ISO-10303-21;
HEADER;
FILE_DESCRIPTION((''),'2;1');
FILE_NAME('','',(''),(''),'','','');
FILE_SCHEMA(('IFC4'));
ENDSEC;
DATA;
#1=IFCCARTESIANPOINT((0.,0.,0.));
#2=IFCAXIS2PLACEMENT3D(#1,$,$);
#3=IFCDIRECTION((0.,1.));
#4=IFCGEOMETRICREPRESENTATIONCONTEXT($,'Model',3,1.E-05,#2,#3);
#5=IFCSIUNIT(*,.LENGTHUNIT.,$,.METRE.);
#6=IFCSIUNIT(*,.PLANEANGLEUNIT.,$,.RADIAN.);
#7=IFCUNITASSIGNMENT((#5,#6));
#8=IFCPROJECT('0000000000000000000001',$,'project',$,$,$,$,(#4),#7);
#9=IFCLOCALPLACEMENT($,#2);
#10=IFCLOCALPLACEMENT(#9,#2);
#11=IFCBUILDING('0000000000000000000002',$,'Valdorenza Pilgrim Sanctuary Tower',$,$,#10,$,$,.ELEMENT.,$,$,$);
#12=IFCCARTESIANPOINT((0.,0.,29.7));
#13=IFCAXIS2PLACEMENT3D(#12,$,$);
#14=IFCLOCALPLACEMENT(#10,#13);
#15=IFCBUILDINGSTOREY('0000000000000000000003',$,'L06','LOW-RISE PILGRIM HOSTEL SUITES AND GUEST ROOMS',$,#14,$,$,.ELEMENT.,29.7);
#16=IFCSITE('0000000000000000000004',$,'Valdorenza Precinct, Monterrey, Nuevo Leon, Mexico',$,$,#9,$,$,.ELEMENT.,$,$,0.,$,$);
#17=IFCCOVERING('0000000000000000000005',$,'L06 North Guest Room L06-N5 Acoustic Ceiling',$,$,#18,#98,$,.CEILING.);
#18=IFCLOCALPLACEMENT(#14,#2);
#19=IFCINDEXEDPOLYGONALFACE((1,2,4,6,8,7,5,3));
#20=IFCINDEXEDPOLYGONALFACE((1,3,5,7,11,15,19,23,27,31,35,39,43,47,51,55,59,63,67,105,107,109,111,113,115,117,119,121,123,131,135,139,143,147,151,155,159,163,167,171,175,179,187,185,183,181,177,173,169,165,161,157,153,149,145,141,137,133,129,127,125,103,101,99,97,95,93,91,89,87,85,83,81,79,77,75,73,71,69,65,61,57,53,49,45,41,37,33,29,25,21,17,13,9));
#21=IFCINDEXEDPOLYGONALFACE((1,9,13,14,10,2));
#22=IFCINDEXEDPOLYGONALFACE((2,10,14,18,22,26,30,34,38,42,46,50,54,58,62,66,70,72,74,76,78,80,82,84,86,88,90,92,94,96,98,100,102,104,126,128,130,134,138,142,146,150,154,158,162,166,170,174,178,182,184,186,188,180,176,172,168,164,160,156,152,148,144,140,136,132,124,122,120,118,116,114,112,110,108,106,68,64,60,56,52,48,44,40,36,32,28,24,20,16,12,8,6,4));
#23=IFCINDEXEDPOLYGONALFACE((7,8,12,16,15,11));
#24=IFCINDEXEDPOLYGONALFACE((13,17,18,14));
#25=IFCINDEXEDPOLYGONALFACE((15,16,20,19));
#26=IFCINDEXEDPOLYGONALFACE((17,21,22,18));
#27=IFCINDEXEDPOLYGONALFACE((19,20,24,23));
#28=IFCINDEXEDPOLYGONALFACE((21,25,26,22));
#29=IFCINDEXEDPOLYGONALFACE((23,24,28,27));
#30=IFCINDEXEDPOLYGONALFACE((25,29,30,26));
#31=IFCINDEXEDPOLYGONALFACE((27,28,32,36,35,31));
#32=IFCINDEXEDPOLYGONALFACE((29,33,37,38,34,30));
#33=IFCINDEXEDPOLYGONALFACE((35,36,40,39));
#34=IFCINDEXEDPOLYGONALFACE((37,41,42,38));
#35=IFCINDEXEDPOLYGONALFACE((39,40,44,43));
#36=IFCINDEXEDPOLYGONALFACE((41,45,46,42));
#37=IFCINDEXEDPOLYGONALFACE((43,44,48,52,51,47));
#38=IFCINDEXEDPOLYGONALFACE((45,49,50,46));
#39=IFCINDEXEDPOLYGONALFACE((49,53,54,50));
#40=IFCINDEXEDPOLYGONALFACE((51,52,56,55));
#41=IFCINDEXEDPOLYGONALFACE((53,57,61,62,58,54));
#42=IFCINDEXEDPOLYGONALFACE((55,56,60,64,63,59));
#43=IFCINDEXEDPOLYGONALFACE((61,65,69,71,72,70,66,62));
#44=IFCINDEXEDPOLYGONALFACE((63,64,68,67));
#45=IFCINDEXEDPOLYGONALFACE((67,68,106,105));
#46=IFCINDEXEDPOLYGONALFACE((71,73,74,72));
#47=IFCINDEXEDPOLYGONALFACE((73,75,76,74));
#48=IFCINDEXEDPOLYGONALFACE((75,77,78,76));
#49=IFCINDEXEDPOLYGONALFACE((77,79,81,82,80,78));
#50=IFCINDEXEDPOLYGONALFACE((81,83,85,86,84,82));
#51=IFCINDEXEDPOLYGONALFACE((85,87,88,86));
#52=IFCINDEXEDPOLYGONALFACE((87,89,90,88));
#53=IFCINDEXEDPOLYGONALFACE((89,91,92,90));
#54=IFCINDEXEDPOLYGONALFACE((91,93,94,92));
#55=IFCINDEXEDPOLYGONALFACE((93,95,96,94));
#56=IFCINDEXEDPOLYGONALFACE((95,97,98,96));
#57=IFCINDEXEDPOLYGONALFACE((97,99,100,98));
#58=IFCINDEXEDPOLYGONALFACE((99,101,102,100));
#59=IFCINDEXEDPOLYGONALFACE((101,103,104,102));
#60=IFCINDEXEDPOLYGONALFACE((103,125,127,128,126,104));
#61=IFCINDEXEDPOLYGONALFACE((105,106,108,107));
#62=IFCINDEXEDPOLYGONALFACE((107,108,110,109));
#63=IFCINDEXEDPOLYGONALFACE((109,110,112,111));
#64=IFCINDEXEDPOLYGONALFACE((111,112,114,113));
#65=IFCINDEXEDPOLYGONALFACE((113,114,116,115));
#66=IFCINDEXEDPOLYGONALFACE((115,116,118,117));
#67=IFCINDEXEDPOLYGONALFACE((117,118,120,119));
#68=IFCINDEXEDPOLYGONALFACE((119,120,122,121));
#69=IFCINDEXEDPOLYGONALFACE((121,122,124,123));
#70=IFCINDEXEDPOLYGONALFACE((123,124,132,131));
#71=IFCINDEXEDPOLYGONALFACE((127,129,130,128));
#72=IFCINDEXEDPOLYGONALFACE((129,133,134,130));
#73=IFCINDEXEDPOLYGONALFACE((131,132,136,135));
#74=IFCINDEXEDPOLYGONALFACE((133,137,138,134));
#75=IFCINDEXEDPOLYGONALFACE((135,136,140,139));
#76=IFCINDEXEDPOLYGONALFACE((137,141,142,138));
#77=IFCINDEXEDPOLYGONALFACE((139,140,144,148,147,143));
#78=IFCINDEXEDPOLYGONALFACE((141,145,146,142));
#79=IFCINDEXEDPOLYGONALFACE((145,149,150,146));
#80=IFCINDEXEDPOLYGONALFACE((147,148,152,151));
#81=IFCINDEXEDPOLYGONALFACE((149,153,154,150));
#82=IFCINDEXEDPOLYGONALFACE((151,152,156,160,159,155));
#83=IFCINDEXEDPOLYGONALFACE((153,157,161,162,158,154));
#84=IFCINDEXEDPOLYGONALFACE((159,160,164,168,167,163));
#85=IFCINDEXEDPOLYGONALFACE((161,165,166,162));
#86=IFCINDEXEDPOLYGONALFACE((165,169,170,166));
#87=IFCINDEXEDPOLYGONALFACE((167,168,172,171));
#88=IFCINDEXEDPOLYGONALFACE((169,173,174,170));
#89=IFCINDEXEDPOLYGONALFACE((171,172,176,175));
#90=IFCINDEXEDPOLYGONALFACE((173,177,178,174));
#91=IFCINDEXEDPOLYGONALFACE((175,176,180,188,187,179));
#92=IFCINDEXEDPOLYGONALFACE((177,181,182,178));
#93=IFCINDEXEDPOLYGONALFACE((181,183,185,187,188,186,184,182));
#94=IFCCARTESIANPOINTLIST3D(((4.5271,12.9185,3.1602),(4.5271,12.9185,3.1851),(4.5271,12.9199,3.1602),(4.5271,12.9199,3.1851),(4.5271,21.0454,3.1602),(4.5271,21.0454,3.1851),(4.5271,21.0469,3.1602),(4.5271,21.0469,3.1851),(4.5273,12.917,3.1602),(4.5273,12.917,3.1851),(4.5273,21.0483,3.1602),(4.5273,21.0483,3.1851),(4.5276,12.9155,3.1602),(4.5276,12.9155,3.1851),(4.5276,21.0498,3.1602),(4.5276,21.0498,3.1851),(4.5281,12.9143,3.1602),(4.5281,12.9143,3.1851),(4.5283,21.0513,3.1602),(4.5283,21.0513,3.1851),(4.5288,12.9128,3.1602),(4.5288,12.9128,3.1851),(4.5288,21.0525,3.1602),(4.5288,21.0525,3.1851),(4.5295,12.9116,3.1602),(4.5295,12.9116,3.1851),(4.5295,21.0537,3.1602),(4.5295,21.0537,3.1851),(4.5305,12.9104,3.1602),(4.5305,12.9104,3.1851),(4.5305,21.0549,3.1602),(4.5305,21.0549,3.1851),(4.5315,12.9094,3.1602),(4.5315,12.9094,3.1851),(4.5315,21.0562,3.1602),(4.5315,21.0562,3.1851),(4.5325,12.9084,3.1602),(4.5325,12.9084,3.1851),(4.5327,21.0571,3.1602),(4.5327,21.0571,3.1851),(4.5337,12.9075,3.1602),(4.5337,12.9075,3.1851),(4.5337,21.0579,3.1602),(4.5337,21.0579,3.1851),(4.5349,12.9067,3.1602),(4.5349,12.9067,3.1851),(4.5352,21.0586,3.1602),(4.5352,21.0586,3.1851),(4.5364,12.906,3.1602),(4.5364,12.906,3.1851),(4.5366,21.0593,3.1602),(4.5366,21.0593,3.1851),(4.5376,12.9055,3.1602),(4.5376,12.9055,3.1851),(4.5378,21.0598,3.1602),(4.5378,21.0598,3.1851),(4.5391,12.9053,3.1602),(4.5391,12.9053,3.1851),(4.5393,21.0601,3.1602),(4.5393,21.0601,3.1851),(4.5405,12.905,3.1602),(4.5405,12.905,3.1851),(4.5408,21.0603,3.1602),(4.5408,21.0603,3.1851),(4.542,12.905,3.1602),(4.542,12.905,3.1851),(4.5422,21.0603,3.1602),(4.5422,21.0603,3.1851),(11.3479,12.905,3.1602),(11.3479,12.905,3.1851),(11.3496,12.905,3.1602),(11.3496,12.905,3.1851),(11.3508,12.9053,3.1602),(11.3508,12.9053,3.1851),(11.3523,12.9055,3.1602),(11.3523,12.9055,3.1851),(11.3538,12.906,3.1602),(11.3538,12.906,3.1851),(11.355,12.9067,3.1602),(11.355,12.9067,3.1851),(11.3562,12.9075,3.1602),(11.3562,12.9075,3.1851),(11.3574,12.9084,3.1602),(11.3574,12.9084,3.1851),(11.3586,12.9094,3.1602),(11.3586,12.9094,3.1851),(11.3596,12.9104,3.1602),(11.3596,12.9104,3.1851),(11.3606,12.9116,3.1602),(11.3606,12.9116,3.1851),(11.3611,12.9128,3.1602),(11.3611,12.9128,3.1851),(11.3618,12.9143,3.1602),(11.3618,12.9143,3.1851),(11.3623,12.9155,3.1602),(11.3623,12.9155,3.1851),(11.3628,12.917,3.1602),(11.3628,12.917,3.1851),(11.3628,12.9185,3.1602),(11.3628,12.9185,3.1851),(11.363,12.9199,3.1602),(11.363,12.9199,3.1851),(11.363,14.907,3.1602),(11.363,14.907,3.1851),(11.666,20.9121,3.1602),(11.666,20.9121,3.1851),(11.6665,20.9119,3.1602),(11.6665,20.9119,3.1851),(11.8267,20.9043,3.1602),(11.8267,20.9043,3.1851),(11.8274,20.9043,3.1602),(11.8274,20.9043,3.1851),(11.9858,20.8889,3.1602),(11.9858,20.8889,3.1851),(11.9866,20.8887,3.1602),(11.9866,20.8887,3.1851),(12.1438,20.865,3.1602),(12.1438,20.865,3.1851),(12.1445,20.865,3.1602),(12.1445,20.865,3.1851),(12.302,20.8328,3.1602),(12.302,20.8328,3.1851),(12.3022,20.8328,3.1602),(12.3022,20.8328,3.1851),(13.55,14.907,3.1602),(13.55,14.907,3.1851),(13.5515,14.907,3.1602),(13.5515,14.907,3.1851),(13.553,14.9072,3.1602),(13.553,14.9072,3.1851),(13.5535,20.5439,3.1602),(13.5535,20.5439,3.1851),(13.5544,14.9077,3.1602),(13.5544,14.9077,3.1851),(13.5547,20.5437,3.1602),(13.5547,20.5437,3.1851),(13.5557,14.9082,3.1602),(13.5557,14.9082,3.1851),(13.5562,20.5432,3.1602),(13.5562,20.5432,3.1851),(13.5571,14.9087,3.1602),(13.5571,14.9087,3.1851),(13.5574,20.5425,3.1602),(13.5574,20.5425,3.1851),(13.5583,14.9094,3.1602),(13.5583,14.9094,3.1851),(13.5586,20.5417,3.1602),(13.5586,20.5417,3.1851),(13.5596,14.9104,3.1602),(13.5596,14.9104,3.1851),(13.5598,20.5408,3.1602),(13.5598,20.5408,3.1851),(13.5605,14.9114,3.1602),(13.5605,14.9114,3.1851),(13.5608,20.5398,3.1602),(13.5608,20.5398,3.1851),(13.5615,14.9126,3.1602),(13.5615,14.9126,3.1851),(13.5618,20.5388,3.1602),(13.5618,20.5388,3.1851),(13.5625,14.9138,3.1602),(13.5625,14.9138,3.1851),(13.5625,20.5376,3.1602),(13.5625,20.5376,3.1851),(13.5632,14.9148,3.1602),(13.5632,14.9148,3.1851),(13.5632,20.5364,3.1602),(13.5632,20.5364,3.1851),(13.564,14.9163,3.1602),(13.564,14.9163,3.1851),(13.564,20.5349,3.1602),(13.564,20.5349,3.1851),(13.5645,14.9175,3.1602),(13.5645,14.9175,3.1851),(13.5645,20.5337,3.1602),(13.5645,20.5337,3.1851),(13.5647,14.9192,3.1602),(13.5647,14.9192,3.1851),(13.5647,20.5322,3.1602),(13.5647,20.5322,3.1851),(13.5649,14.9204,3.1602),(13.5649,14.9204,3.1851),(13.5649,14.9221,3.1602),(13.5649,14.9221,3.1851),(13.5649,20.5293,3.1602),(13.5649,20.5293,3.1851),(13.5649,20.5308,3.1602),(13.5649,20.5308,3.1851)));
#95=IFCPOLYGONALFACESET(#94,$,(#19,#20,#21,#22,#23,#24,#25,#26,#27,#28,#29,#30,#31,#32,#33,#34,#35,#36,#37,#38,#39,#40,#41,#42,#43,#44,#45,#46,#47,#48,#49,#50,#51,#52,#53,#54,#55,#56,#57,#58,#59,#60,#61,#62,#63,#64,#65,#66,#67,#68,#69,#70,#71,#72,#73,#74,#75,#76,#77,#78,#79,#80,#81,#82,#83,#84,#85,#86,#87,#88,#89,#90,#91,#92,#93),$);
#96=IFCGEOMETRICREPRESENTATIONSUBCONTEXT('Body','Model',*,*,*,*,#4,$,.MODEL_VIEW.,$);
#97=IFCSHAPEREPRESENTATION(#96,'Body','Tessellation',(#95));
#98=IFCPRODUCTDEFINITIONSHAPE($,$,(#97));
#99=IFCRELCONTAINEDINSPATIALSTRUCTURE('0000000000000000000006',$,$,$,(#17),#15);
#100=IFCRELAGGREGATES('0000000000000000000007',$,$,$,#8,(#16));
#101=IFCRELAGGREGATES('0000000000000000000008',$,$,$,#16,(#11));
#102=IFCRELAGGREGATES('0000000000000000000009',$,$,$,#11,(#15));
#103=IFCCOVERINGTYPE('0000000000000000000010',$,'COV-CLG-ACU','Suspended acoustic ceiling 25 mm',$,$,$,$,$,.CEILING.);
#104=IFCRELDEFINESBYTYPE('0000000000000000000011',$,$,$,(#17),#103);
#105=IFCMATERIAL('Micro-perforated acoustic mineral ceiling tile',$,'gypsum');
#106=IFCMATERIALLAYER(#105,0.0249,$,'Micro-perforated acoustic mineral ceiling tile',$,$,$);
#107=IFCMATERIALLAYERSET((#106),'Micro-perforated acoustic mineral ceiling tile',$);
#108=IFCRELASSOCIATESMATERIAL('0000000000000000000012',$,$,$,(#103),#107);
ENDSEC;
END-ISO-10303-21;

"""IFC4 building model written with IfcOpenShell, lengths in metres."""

from ifc_helpers import new_model, si_unit, direction, frame, origin, place, context, subcontext, project, spatial, polyline, outline, extrude, material, layer, layer_set, type_object, element, save


model = new_model("IFC4")

# Units and contexts
model_context = context("Model", 3, precision=1e-05, world=origin(), true_north=direction((0.0, 1.0)))
body_context = subcontext(model_context, "Body", "Model", "MODEL_VIEW")
ifc_project = project(units=[si_unit("LENGTHUNIT", "METRE"), si_unit("PLANEANGLEUNIT", "RADIAN")], contexts=[model_context])

# Site, building, storey
site_placement = place(None, origin())
site = spatial("IfcSite", under=ifc_project, at=site_placement, Name="Valdorenza Precinct, Monterrey, Nuevo Leon, Mexico", CompositionType="ELEMENT", RefElevation=0.0)
building_placement = place(site_placement, origin())
building = spatial("IfcBuilding", under=site, at=building_placement, Name="Valdorenza Pilgrim Sanctuary Tower", CompositionType="ELEMENT")
storey_placement = place(building_placement, frame((0.0, 0.0, 29.7)))
storey = spatial("IfcBuildingStorey", under=building, at=storey_placement, Name="L06", Description="LOW-RISE PILGRIM HOSTEL SUITES AND GUEST ROOMS", CompositionType="ELEMENT", Elevation=29.7)

# Covering
ifc_material_1 = material(Name="Micro-perforated acoustic mineral ceiling tile", Category="gypsum")
ifc_layer_1 = layer(ifc_material_1, 0.0249, Name="Micro-perforated acoustic mineral ceiling tile")
ifc_layer_set_1 = layer_set([ifc_layer_1], Name="Micro-perforated acoustic mineral ceiling tile")
covering_type_1 = type_object("IfcCoveringType", Name="COV-CLG-ACU", Description="Suspended acoustic ceiling 25 mm", PredefinedType="CEILING", material=ifc_layer_set_1)
covering_1_placement = place(storey_placement, frame((0.0, 0.0, 3.1602)))
element("IfcCovering", 1, at=covering_1_placement, inside=storey, type_object=covering_type_1, Name="L06 North Guest Room L06-N5 Acoustic Ceiling", PredefinedType="CEILING", context=body_context, shape_type="SweptSolid", body=[
    extrude(outline(polyline([(11.363, 14.907), (11.363, 12.9199), (11.3628, 12.9185), (11.3628, 12.917), (11.3623, 12.9155), (11.3618, 12.9143), (11.3611, 12.9128), (11.3606, 12.9116), (11.3596, 12.9104), (11.3586, 12.9094), (11.3574, 12.9084), (11.3562, 12.9075), (11.355, 12.9067), (11.3538, 12.906), (11.3523, 12.9055), (11.3508, 12.9053), (11.3496, 12.905), (11.3479, 12.905), (4.542, 12.905), (4.5405, 12.905), (4.5391, 12.9053), (4.5376, 12.9055), (4.5364, 12.906), (4.5349, 12.9067), (4.5337, 12.9075), (4.5325, 12.9084), (4.5315, 12.9094), (4.5305, 12.9104), (4.5295, 12.9116), (4.5288, 12.9128), (4.5281, 12.9143), (4.5276, 12.9155), (4.5273, 12.917), (4.5271, 12.9185), (4.5271, 12.9199), (4.5271, 21.0454), (4.5271, 21.0469), (4.5273, 21.0483), (4.5276, 21.0498), (4.5283, 21.0513), (4.5288, 21.0525), (4.5295, 21.0537), (4.5305, 21.0549), (4.5315, 21.0562), (4.5327, 21.0571), (4.5337, 21.0579), (4.5352, 21.0586), (4.5366, 21.0593), (4.5378, 21.0598), (4.5393, 21.0601), (4.5408, 21.0603), (4.5422, 21.0603), (11.666, 20.9121), (11.6665, 20.9119), (11.8267, 20.9043), (11.8274, 20.9043), (11.9858, 20.8889), (11.9866, 20.8887), (12.1438, 20.865), (12.1445, 20.865), (12.302, 20.8328), (12.3022, 20.8328), (13.5535, 20.5439), (13.5547, 20.5437), (13.5562, 20.5432), (13.5574, 20.5425), (13.5586, 20.5417), (13.5598, 20.5408), (13.5608, 20.5398), (13.5618, 20.5388), (13.5625, 20.5376), (13.5632, 20.5364), (13.564, 20.5349), (13.5645, 20.5337), (13.5647, 20.5322), (13.5649, 20.5308), (13.5649, 20.5293), (13.5649, 14.9221), (13.5649, 14.9204), (13.5647, 14.9192), (13.5645, 14.9175), (13.564, 14.9163), (13.5632, 14.9148), (13.5625, 14.9138), (13.5615, 14.9126), (13.5605, 14.9114), (13.5596, 14.9104), (13.5583, 14.9094), (13.5571, 14.9087), (13.5557, 14.9082), (13.5544, 14.9077), (13.553, 14.9072), (13.5515, 14.907), (13.55, 14.907), (11.363, 14.907)])), origin(), (0.0, 0.0, 1.0), 0.0249),
])

save(model, "model.ifc")
